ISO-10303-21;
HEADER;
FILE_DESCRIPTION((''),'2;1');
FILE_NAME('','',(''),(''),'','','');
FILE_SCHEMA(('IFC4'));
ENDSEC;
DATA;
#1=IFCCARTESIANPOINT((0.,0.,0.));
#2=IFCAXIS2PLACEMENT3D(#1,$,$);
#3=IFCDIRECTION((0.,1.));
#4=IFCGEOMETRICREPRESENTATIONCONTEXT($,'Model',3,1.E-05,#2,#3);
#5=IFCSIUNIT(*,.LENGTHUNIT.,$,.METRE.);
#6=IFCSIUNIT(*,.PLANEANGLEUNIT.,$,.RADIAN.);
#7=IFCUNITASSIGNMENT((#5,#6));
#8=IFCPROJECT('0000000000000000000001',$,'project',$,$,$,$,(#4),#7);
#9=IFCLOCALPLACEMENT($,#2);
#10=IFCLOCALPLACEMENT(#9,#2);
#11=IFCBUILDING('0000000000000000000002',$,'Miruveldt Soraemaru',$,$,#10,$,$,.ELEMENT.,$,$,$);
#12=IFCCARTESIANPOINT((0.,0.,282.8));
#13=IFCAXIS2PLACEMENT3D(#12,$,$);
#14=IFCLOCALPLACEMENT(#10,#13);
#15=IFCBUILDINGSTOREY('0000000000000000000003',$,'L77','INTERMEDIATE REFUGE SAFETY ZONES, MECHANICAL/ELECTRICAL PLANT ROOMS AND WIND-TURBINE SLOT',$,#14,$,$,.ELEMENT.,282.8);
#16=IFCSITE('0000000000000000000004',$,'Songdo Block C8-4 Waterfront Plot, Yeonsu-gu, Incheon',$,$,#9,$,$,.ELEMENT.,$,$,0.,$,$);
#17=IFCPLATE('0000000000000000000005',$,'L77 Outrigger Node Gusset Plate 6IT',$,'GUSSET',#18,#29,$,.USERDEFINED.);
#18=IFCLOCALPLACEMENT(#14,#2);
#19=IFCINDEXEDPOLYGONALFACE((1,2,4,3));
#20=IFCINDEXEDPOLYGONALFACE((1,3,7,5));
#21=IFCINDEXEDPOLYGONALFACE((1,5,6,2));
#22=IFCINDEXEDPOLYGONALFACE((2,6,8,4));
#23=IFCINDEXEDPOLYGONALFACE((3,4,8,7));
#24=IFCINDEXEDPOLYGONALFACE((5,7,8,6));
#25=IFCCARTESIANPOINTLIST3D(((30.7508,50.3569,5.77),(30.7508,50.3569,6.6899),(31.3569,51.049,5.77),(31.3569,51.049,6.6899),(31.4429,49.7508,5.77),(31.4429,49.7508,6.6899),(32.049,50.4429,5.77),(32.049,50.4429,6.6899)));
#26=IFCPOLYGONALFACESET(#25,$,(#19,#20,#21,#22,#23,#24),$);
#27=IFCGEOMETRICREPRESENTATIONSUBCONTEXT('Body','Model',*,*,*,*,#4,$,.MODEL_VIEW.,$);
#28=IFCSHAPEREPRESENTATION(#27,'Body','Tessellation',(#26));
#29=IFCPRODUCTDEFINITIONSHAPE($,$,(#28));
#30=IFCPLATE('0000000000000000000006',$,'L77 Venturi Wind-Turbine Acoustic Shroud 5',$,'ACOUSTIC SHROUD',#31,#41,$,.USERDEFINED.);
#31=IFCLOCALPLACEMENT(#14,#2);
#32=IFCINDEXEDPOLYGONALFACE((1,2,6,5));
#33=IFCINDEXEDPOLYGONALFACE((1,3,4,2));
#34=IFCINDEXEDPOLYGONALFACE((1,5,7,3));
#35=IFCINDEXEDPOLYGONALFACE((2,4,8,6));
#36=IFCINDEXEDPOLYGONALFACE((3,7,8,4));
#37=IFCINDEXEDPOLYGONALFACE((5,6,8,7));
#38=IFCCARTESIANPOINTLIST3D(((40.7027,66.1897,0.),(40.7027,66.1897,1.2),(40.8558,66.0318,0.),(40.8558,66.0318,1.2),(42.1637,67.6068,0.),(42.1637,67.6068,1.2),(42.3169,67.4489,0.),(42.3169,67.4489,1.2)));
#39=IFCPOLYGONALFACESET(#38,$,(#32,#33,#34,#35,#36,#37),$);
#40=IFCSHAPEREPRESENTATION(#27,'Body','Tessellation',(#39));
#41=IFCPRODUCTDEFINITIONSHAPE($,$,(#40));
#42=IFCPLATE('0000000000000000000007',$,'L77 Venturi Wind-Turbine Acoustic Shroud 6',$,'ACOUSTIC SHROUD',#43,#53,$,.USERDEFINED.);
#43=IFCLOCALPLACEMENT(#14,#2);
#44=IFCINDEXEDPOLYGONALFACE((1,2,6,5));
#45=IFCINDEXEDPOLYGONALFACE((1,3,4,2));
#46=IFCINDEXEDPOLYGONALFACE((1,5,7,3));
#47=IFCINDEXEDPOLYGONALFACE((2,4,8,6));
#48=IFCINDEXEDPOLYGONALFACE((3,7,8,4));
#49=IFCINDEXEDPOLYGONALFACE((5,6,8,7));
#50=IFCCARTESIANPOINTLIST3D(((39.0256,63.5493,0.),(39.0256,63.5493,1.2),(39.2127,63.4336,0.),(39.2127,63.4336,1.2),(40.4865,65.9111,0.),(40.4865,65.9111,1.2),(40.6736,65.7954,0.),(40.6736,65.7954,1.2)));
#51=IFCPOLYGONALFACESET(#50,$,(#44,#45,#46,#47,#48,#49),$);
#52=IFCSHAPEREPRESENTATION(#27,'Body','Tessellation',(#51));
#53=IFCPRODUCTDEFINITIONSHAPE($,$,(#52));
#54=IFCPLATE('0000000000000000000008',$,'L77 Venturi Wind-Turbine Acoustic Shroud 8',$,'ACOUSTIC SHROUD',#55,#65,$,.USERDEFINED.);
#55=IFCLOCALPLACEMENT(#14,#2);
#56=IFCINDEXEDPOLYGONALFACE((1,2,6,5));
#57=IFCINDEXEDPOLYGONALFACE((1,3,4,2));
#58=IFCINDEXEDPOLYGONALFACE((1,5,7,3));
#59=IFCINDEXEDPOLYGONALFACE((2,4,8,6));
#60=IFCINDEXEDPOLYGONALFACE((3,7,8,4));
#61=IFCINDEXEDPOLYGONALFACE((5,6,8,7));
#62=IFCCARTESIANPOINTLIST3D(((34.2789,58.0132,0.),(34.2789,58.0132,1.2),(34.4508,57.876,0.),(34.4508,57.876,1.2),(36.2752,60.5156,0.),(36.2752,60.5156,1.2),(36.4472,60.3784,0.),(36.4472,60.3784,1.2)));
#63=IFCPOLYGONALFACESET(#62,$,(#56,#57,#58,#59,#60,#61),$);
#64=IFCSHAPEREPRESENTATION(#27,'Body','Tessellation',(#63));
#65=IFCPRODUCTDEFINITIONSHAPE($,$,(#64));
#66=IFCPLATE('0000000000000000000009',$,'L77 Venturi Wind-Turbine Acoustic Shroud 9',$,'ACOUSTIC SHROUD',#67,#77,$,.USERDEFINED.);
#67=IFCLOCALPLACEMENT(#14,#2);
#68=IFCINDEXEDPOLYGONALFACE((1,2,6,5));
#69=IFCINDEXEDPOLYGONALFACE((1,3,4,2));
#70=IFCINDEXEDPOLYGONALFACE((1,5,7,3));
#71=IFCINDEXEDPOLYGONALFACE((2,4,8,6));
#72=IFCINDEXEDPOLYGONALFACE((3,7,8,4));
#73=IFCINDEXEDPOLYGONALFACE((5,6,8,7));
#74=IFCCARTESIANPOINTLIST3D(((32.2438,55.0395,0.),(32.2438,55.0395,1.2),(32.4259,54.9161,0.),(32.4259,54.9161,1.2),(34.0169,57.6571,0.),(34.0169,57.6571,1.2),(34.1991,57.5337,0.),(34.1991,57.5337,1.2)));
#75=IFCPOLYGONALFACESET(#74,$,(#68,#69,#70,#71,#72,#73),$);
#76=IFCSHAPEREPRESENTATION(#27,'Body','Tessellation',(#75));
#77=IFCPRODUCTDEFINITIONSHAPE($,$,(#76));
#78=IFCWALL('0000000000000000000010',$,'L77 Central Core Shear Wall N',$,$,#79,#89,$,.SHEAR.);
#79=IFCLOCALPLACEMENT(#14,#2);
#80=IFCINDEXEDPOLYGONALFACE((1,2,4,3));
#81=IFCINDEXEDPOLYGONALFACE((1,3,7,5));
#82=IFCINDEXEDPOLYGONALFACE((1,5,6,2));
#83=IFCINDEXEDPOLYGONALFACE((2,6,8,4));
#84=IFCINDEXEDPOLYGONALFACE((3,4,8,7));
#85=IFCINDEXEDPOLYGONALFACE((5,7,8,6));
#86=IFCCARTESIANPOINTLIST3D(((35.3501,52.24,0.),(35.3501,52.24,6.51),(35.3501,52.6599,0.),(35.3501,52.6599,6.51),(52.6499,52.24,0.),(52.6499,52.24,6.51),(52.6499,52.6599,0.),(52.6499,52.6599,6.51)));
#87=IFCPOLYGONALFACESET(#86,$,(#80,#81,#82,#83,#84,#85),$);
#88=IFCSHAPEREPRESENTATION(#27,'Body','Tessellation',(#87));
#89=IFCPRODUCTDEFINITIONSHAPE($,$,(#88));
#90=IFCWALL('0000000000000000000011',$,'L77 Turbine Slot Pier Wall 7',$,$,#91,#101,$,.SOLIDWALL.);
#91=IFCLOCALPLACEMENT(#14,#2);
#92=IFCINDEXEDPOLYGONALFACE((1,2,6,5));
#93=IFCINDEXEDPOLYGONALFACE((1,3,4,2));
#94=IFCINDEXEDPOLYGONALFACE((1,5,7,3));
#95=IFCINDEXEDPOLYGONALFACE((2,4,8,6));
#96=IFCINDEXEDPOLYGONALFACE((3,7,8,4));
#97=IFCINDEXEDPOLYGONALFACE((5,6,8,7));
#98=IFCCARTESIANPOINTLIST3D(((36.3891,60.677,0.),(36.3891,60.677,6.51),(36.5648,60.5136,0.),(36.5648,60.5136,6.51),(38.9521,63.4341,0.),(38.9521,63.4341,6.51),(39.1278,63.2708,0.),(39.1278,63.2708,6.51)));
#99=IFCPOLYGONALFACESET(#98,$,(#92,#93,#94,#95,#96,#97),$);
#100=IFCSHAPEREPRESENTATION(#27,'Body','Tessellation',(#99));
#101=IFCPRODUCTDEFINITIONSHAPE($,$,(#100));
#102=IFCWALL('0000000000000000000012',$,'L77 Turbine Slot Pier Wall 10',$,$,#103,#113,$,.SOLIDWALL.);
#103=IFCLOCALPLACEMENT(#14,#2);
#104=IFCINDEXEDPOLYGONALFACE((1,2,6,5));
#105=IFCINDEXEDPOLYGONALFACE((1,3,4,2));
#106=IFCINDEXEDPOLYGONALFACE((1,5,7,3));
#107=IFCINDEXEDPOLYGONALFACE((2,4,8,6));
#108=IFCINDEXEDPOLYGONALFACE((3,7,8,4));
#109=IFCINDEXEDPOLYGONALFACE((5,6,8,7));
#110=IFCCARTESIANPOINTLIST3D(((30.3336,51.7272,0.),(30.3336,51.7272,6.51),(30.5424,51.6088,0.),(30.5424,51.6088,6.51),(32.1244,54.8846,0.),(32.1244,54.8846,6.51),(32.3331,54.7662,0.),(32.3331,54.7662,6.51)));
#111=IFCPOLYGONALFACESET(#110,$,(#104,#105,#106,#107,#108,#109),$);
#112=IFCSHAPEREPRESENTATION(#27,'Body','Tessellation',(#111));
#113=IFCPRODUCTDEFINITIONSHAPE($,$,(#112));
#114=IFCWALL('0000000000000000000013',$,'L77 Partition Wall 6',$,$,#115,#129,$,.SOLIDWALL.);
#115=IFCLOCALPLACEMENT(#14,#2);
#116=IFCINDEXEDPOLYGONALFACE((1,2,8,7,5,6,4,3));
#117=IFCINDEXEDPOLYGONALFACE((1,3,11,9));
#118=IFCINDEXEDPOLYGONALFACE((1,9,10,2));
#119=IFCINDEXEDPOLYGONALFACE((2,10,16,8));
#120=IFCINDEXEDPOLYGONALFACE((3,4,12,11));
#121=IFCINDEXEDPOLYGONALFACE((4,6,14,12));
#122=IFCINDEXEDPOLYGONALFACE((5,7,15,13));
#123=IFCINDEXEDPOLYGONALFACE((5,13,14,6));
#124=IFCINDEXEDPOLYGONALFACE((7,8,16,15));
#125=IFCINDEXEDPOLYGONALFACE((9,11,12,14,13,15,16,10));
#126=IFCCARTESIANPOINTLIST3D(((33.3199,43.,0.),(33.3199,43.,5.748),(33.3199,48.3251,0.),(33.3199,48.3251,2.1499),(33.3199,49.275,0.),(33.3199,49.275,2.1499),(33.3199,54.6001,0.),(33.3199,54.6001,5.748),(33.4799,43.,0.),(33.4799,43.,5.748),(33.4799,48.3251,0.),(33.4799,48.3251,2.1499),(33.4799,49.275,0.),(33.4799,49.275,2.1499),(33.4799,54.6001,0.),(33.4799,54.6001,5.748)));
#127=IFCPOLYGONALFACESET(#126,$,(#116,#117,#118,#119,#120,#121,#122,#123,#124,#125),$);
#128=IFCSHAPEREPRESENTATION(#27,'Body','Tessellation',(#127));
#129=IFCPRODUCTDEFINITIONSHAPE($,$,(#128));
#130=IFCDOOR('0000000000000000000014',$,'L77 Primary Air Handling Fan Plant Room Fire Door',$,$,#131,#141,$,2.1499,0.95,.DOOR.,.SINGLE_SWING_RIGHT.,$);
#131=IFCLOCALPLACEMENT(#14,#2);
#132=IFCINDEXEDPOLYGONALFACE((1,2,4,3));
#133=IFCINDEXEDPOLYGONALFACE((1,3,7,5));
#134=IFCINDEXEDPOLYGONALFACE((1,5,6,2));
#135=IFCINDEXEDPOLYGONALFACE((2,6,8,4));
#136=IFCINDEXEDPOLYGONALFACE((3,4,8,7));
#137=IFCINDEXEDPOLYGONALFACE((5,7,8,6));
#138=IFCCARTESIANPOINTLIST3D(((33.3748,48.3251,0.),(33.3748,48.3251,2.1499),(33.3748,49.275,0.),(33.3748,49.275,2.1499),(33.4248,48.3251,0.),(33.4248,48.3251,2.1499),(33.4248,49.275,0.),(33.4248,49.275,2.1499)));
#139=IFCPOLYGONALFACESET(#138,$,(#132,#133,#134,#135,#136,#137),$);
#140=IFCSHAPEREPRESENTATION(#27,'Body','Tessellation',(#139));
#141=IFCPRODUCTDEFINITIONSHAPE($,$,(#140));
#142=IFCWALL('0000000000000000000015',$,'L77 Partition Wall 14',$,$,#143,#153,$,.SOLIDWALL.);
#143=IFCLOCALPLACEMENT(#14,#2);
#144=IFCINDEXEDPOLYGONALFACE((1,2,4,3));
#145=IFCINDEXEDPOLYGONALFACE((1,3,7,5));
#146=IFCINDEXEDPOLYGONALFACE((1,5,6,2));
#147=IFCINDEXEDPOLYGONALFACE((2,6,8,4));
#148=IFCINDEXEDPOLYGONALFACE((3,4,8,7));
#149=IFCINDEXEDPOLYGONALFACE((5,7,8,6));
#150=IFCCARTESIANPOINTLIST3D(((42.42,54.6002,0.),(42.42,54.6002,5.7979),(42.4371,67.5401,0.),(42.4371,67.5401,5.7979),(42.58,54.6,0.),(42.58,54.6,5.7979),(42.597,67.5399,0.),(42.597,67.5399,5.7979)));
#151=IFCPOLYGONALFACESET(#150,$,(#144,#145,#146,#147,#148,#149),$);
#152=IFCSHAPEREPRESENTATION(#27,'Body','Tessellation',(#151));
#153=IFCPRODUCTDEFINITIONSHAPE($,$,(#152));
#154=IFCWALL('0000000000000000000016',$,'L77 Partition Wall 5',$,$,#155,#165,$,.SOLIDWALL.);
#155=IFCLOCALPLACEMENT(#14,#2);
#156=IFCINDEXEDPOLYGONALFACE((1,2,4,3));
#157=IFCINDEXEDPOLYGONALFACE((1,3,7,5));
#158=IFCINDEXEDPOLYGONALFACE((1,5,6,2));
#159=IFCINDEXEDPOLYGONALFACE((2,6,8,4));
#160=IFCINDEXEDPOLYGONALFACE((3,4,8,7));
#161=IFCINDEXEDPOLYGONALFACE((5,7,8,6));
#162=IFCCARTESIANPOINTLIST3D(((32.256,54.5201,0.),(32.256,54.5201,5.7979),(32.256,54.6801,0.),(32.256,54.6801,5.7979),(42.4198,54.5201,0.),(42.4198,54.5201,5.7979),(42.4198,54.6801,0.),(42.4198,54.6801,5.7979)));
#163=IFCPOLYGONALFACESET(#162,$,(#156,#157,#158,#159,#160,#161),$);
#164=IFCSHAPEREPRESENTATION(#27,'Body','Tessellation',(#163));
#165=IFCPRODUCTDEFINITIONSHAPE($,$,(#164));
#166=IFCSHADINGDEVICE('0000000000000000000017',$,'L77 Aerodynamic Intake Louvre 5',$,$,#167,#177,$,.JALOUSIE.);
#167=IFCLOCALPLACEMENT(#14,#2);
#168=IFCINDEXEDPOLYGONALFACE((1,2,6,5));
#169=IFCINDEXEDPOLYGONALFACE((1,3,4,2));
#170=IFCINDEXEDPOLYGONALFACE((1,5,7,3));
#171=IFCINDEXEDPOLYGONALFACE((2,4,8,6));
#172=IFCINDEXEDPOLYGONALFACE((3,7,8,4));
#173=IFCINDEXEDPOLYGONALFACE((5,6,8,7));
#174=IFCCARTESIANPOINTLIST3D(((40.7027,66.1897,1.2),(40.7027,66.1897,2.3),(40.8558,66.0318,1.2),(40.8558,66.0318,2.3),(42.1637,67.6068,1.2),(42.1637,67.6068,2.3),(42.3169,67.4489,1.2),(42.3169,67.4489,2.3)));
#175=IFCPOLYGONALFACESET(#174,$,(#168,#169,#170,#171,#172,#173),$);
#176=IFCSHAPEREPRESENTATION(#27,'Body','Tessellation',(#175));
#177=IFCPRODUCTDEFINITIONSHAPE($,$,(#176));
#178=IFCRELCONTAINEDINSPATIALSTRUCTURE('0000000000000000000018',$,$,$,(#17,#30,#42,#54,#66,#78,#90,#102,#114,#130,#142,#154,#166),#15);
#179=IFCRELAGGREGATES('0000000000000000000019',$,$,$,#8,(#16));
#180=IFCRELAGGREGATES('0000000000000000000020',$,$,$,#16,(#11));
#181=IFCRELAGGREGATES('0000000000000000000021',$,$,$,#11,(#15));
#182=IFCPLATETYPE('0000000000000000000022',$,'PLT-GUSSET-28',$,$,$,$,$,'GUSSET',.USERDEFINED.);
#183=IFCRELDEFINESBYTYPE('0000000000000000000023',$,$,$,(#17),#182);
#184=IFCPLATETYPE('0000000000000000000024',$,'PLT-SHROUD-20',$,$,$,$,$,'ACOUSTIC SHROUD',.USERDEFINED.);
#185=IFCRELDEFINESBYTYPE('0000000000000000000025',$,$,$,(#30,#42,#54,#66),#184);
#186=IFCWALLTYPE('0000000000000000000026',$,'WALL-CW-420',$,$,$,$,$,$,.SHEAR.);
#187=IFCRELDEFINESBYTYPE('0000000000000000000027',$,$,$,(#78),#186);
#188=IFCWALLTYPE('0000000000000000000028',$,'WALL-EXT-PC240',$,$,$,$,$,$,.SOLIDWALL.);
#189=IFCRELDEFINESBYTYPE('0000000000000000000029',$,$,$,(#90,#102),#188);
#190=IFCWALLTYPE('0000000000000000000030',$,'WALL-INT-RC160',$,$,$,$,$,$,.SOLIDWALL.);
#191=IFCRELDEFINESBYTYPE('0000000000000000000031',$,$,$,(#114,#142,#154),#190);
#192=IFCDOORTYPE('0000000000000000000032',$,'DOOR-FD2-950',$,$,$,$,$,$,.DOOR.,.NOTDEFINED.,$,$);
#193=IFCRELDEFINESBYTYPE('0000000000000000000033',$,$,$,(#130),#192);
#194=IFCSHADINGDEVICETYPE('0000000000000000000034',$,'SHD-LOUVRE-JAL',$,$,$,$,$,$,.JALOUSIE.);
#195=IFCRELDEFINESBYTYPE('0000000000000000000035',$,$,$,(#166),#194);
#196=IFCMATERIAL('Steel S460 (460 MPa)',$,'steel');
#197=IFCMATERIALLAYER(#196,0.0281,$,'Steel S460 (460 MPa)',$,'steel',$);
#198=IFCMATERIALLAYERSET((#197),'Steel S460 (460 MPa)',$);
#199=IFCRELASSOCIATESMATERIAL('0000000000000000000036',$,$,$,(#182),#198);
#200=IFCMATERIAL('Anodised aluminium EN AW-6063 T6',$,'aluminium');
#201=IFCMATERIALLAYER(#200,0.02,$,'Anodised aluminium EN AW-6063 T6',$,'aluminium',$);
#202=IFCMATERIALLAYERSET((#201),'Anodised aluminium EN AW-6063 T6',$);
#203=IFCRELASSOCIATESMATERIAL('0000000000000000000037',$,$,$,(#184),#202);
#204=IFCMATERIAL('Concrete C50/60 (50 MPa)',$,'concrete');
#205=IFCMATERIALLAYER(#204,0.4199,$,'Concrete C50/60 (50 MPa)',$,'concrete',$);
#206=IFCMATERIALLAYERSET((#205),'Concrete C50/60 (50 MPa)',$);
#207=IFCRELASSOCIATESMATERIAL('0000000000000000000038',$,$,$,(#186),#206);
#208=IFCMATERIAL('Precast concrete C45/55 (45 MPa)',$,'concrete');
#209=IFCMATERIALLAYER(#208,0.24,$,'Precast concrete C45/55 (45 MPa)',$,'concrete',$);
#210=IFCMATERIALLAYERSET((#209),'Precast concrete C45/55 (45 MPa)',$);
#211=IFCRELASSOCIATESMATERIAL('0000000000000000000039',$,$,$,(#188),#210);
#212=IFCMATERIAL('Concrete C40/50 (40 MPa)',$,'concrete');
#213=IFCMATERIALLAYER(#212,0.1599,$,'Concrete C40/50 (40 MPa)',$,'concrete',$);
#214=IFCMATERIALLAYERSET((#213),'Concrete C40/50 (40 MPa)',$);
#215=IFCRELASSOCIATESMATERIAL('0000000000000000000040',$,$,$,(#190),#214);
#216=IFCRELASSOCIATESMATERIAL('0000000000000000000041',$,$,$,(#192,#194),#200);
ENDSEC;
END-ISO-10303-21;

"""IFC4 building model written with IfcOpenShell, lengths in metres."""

from ifc_helpers import new_model, si_unit, direction, frame, frame_2d, origin, origin_2d, place, context, subcontext, project, spatial, rectangle, extrude, material, layer, layer_set, type_object, element, fill, save


model = new_model("IFC4")

# Units and contexts
model_context = context("Model", 3, precision=1e-05, world=origin(), true_north=direction((0.0, 1.0)))
body_context = subcontext(model_context, "Body", "Model", "MODEL_VIEW")
ifc_project = project(units=[si_unit("LENGTHUNIT", "METRE"), si_unit("PLANEANGLEUNIT", "RADIAN")], contexts=[model_context])

# Site, building, storey
site_placement = place(None, origin())
site = spatial("IfcSite", under=ifc_project, at=site_placement, Name="Songdo Block C8-4 Waterfront Plot, Yeonsu-gu, Incheon", CompositionType="ELEMENT", RefElevation=0.0)
building_placement = place(site_placement, origin())
building = spatial("IfcBuilding", under=site, at=building_placement, Name="Miruveldt Soraemaru", CompositionType="ELEMENT")
storey_placement = place(building_placement, frame((0.0, 0.0, 282.8)))
storey = spatial("IfcBuildingStorey", under=building, at=storey_placement, Name="L77", Description="INTERMEDIATE REFUGE SAFETY ZONES, MECHANICAL/ELECTRICAL PLANT ROOMS AND WIND-TURBINE SLOT", CompositionType="ELEMENT", Elevation=282.8)

# Shared definitions
ifc_material_1 = material(Name="Concrete C50/60 (50 MPa)", Category="concrete")

# Shared definitions
ifc_material_2 = material(Name="Concrete C40/50 (40 MPa)", Category="concrete")

# Shared definitions
ifc_material_3 = material(Name="Steel S460 (460 MPa)", Category="steel")

# Plates
ifc_layer_1 = layer(ifc_material_3, 0.0281, Name="Steel S460 (460 MPa)", Category="steel")
ifc_layer_set_1 = layer_set([ifc_layer_1], Name="Steel S460 (460 MPa)")
plate_type_1 = type_object("IfcPlateType", Name="PLT-GUSSET-28", ElementType="GUSSET", PredefinedType="USERDEFINED", material=ifc_layer_set_1)
for number, where, z_axis, x_axis, name in (
    (1, (31.3999, 50.3999, 5.77), (0.0, 0.0, 1.0), (-0.7523, 0.658821, 0.0), "L77 Outrigger Node Gusset Plate 6IT"),
):
    element("IfcPlate", number, at=place(storey_placement, frame(where, z_axis=z_axis, x_axis=x_axis)), inside=storey, type_object=plate_type_1, Name=name, ObjectType="GUSSET", PredefinedType="USERDEFINED", context=body_context, shape_type="SweptSolid", body=[
        extrude(rectangle(XDim=0.9199, YDim=0.9199, at=origin_2d()), origin(), (0.0, 0.0, 1.0), 0.9199),
    ])
ifc_material_4 = material(Name="Anodised aluminium EN AW-6063 T6", Category="aluminium")
ifc_layer_2 = layer(ifc_material_4, 0.02, Name="Anodised aluminium EN AW-6063 T6", Category="aluminium")
ifc_layer_set_2 = layer_set([ifc_layer_2], Name="Anodised aluminium EN AW-6063 T6")
plate_type_2 = type_object("IfcPlateType", Name="PLT-SHROUD-20", ElementType="ACOUSTIC SHROUD", PredefinedType="USERDEFINED", material=ifc_layer_set_2)
plate_1_placement = place(storey_placement, frame((41.5098, 66.8193, 0.0), z_axis=(0.0, 0.0, 1.0), x_axis=(-0.71781, -0.696239, 0.0)))
element("IfcPlate", 2, at=plate_1_placement, inside=storey, type_object=plate_type_2, Name="L77 Venturi Wind-Turbine Acoustic Shroud 5", ObjectType="ACOUSTIC SHROUD", PredefinedType="USERDEFINED", context=body_context, shape_type="SweptSolid", body=[
    extrude(rectangle(XDim=2.0354, YDim=0.22, at=origin_2d()), origin(), (0.0, 0.0, 1.0), 1.2),
])
plate_2_placement = place(storey_placement, frame((39.8496, 64.6724, 0.0), z_axis=(0.0, 0.0, 1.0), x_axis=(-0.526066, -0.850444, 0.0)))
element("IfcPlate", 3, at=plate_2_placement, inside=storey, type_object=plate_type_2, Name="L77 Venturi Wind-Turbine Acoustic Shroud 6", ObjectType="ACOUSTIC SHROUD", PredefinedType="USERDEFINED", context=body_context, shape_type="SweptSolid", body=[
    extrude(rectangle(XDim=2.7771, YDim=0.22, at=origin_2d()), origin(), (0.0, 0.0, 1.0), 1.2),
])
plate_3_placement = place(storey_placement, frame((35.363, 59.1958, 0.0), z_axis=(0.0, 0.0, 1.0), x_axis=(-0.623634, -0.781716, 0.0)))
element("IfcPlate", 4, at=plate_3_placement, inside=storey, type_object=plate_type_2, Name="L77 Venturi Wind-Turbine Acoustic Shroud 8", ObjectType="ACOUSTIC SHROUD", PredefinedType="USERDEFINED", context=body_context, shape_type="SweptSolid", body=[
    extrude(rectangle(XDim=3.2012, YDim=0.22, at=origin_2d()), origin(), (0.0, 0.0, 1.0), 1.2),
])
plate_4_placement = place(storey_placement, frame((33.2214, 56.2866, 0.0), z_axis=(0.0, 0.0, 1.0), x_axis=(-0.560827, -0.827933, 0.0)))
element("IfcPlate", 5, at=plate_4_placement, inside=storey, type_object=plate_type_2, Name="L77 Venturi Wind-Turbine Acoustic Shroud 9", ObjectType="ACOUSTIC SHROUD", PredefinedType="USERDEFINED", context=body_context, shape_type="SweptSolid", body=[
    extrude(rectangle(XDim=3.1616, YDim=0.22, at=origin_2d()), origin(), (0.0, 0.0, 1.0), 1.2),
])

# Walls
ifc_layer_3 = layer(ifc_material_1, 0.4199, Name="Concrete C50/60 (50 MPa)", Category="concrete")
ifc_layer_set_3 = layer_set([ifc_layer_3], Name="Concrete C50/60 (50 MPa)")
wall_type_1 = type_object("IfcWallType", Name="WALL-CW-420", PredefinedType="SHEAR", material=ifc_layer_set_3)
wall_1_placement = place(storey_placement, frame((35.3501, 52.45, 0.0), z_axis=(0.0, 0.0, 1.0), x_axis=(1.0, 0.0, 0.0)))
element("IfcWall", 6, at=wall_1_placement, inside=storey, type_object=wall_type_1, Name="L77 Central Core Shear Wall N", PredefinedType="SHEAR", context=body_context, shape_type="SweptSolid", body=[
    extrude(rectangle(XDim=17.2998, YDim=0.4199, at=frame_2d((8.6499, 0.0))), origin(), (0.0, 0.0, 1.0), 6.51),
])
ifc_material_5 = material(Name="Precast concrete C45/55 (45 MPa)", Category="concrete")
ifc_layer_4 = layer(ifc_material_5, 0.24, Name="Precast concrete C45/55 (45 MPa)", Category="concrete")
ifc_layer_set_4 = layer_set([ifc_layer_4], Name="Precast concrete C45/55 (45 MPa)")
wall_type_2 = type_object("IfcWallType", Name="WALL-EXT-PC240", PredefinedType="SOLIDWALL", material=ifc_layer_set_4)
wall_2_placement = place(storey_placement, frame((39.04, 63.3525, 0.0), z_axis=(0.0, 0.0, 1.0), x_axis=(-0.680856, -0.732417, 0.0)))
element("IfcWall", 7, at=wall_2_placement, inside=storey, type_object=wall_type_2, Name="L77 Turbine Slot Pier Wall 7", PredefinedType="SOLIDWALL", context=body_context, shape_type="SweptSolid", body=[
    extrude(rectangle(XDim=3.7644, YDim=0.24, at=frame_2d((1.8823, 0.0))), origin(), (0.0, 0.0, 1.0), 6.51),
])
wall_3_placement = place(storey_placement, frame((32.2288, 54.8254, 0.0), z_axis=(0.0, 0.0, 1.0), x_axis=(-0.493333, -0.86984, 0.0)))
element("IfcWall", 8, at=wall_3_placement, inside=storey, type_object=wall_type_2, Name="L77 Turbine Slot Pier Wall 10", PredefinedType="SOLIDWALL", context=body_context, shape_type="SweptSolid", body=[
    extrude(rectangle(XDim=3.6299, YDim=0.24, at=frame_2d((1.8149, 0.0))), origin(), (0.0, 0.0, 1.0), 6.51),
])

# Wall, opening, door
ifc_layer_5 = layer(ifc_material_2, 0.1599, Name="Concrete C40/50 (40 MPa)", Category="concrete")
ifc_layer_set_5 = layer_set([ifc_layer_5], Name="Concrete C40/50 (40 MPa)")
wall_type_3 = type_object("IfcWallType", Name="WALL-INT-RC160", PredefinedType="SOLIDWALL", material=ifc_layer_set_5)
wall_4_placement = place(storey_placement, frame((33.3999, 54.6001, 0.0), z_axis=(0.0, 0.0, 1.0), x_axis=(0.0, -1.0, 0.0)))
wall_4 = element("IfcWall", 9, at=wall_4_placement, inside=storey, type_object=wall_type_3, Name="L77 Partition Wall 6", PredefinedType="SOLIDWALL", context=body_context, shape_type="SweptSolid", body=[
    extrude(rectangle(XDim=11.6001, YDim=0.1599, at=frame_2d((5.8, 0.0))), origin(), (0.0, 0.0, 1.0), 5.748),
])
opening_placement = place(wall_4_placement, frame((5.325, 0.0, 0.0)))
opening = element("IfcOpeningElement", 10, at=opening_placement, cuts=wall_4, PredefinedType="OPENING", context=body_context, shape_type="SweptSolid", body=[
    extrude(rectangle(XDim=0.95, YDim=2.1499, at=frame_2d((0.4751, 1.075))), frame((0.0, 0.0898, 0.0), z_axis=(0.0, -1.0, 0.0), x_axis=(1.0, 0.0, 0.0)), (0.0, 0.0, 1.0), 0.1799),
])
door_type = type_object("IfcDoorType", Name="DOOR-FD2-950", OperationType="NOTDEFINED", PredefinedType="DOOR", material=ifc_material_4)
door_placement = place(opening_placement, origin())
door = element("IfcDoor", 11, at=door_placement, inside=storey, type_object=door_type, Name="L77 Primary Air Handling Fan Plant Room Fire Door", OperationType="SINGLE_SWING_RIGHT", OverallHeight=2.1499, OverallWidth=0.95, PredefinedType="DOOR", context=body_context, shape_type="SweptSolid", body=[
    extrude(rectangle(XDim=0.95, YDim=2.1499, at=frame_2d((0.4751, 1.075))), frame((0.0, 0.0249, 0.0), z_axis=(0.0, -1.0, 0.0), x_axis=(1.0, 0.0, 0.0)), (0.0, 0.0, 1.0), 0.05),
])
fill(opening, door)

# Walls
wall_5_placement = place(storey_placement, frame((42.5, 54.6001, 0.0), z_axis=(0.0, 0.0, 1.0), x_axis=(0.001321, 0.999999, 0.0)))
element("IfcWall", 12, at=wall_5_placement, inside=storey, type_object=wall_type_3, Name="L77 Partition Wall 14", PredefinedType="SOLIDWALL", context=body_context, shape_type="SweptSolid", body=[
    extrude(rectangle(XDim=12.9399, YDim=0.1599, at=frame_2d((6.47, 0.0))), origin(), (0.0, 0.0, 1.0), 5.7979),
])
wall_6_placement = place(storey_placement, frame((42.4199, 54.6001, 0.0), z_axis=(0.0, 0.0, 1.0), x_axis=(-1.0, 0.0, 0.0)))
element("IfcWall", 13, at=wall_6_placement, inside=storey, type_object=wall_type_3, Name="L77 Partition Wall 5", PredefinedType="SOLIDWALL", context=body_context, shape_type="SweptSolid", body=[
    extrude(rectangle(XDim=10.1638, YDim=0.1599, at=frame_2d((5.082, 0.0))), origin(), (0.0, 0.0, 1.0), 5.7979),
])

# Shading device
shading_device_type = type_object("IfcShadingDeviceType", Name="SHD-LOUVRE-JAL", PredefinedType="JALOUSIE", material=ifc_material_4)
shading_device_1_placement = place(storey_placement, frame((41.5098, 66.8193, 1.2), z_axis=(0.0, 0.0, 1.0), x_axis=(-0.71781, -0.696239, 0.0)))
element("IfcShadingDevice", 14, at=shading_device_1_placement, inside=storey, type_object=shading_device_type, Name="L77 Aerodynamic Intake Louvre 5", PredefinedType="JALOUSIE", context=body_context, shape_type="SweptSolid", body=[
    extrude(rectangle(XDim=2.0354, YDim=0.22, at=origin_2d()), origin(), (0.0, 0.0, 1.0), 1.1001),
])

save(model, "model.ifc")
